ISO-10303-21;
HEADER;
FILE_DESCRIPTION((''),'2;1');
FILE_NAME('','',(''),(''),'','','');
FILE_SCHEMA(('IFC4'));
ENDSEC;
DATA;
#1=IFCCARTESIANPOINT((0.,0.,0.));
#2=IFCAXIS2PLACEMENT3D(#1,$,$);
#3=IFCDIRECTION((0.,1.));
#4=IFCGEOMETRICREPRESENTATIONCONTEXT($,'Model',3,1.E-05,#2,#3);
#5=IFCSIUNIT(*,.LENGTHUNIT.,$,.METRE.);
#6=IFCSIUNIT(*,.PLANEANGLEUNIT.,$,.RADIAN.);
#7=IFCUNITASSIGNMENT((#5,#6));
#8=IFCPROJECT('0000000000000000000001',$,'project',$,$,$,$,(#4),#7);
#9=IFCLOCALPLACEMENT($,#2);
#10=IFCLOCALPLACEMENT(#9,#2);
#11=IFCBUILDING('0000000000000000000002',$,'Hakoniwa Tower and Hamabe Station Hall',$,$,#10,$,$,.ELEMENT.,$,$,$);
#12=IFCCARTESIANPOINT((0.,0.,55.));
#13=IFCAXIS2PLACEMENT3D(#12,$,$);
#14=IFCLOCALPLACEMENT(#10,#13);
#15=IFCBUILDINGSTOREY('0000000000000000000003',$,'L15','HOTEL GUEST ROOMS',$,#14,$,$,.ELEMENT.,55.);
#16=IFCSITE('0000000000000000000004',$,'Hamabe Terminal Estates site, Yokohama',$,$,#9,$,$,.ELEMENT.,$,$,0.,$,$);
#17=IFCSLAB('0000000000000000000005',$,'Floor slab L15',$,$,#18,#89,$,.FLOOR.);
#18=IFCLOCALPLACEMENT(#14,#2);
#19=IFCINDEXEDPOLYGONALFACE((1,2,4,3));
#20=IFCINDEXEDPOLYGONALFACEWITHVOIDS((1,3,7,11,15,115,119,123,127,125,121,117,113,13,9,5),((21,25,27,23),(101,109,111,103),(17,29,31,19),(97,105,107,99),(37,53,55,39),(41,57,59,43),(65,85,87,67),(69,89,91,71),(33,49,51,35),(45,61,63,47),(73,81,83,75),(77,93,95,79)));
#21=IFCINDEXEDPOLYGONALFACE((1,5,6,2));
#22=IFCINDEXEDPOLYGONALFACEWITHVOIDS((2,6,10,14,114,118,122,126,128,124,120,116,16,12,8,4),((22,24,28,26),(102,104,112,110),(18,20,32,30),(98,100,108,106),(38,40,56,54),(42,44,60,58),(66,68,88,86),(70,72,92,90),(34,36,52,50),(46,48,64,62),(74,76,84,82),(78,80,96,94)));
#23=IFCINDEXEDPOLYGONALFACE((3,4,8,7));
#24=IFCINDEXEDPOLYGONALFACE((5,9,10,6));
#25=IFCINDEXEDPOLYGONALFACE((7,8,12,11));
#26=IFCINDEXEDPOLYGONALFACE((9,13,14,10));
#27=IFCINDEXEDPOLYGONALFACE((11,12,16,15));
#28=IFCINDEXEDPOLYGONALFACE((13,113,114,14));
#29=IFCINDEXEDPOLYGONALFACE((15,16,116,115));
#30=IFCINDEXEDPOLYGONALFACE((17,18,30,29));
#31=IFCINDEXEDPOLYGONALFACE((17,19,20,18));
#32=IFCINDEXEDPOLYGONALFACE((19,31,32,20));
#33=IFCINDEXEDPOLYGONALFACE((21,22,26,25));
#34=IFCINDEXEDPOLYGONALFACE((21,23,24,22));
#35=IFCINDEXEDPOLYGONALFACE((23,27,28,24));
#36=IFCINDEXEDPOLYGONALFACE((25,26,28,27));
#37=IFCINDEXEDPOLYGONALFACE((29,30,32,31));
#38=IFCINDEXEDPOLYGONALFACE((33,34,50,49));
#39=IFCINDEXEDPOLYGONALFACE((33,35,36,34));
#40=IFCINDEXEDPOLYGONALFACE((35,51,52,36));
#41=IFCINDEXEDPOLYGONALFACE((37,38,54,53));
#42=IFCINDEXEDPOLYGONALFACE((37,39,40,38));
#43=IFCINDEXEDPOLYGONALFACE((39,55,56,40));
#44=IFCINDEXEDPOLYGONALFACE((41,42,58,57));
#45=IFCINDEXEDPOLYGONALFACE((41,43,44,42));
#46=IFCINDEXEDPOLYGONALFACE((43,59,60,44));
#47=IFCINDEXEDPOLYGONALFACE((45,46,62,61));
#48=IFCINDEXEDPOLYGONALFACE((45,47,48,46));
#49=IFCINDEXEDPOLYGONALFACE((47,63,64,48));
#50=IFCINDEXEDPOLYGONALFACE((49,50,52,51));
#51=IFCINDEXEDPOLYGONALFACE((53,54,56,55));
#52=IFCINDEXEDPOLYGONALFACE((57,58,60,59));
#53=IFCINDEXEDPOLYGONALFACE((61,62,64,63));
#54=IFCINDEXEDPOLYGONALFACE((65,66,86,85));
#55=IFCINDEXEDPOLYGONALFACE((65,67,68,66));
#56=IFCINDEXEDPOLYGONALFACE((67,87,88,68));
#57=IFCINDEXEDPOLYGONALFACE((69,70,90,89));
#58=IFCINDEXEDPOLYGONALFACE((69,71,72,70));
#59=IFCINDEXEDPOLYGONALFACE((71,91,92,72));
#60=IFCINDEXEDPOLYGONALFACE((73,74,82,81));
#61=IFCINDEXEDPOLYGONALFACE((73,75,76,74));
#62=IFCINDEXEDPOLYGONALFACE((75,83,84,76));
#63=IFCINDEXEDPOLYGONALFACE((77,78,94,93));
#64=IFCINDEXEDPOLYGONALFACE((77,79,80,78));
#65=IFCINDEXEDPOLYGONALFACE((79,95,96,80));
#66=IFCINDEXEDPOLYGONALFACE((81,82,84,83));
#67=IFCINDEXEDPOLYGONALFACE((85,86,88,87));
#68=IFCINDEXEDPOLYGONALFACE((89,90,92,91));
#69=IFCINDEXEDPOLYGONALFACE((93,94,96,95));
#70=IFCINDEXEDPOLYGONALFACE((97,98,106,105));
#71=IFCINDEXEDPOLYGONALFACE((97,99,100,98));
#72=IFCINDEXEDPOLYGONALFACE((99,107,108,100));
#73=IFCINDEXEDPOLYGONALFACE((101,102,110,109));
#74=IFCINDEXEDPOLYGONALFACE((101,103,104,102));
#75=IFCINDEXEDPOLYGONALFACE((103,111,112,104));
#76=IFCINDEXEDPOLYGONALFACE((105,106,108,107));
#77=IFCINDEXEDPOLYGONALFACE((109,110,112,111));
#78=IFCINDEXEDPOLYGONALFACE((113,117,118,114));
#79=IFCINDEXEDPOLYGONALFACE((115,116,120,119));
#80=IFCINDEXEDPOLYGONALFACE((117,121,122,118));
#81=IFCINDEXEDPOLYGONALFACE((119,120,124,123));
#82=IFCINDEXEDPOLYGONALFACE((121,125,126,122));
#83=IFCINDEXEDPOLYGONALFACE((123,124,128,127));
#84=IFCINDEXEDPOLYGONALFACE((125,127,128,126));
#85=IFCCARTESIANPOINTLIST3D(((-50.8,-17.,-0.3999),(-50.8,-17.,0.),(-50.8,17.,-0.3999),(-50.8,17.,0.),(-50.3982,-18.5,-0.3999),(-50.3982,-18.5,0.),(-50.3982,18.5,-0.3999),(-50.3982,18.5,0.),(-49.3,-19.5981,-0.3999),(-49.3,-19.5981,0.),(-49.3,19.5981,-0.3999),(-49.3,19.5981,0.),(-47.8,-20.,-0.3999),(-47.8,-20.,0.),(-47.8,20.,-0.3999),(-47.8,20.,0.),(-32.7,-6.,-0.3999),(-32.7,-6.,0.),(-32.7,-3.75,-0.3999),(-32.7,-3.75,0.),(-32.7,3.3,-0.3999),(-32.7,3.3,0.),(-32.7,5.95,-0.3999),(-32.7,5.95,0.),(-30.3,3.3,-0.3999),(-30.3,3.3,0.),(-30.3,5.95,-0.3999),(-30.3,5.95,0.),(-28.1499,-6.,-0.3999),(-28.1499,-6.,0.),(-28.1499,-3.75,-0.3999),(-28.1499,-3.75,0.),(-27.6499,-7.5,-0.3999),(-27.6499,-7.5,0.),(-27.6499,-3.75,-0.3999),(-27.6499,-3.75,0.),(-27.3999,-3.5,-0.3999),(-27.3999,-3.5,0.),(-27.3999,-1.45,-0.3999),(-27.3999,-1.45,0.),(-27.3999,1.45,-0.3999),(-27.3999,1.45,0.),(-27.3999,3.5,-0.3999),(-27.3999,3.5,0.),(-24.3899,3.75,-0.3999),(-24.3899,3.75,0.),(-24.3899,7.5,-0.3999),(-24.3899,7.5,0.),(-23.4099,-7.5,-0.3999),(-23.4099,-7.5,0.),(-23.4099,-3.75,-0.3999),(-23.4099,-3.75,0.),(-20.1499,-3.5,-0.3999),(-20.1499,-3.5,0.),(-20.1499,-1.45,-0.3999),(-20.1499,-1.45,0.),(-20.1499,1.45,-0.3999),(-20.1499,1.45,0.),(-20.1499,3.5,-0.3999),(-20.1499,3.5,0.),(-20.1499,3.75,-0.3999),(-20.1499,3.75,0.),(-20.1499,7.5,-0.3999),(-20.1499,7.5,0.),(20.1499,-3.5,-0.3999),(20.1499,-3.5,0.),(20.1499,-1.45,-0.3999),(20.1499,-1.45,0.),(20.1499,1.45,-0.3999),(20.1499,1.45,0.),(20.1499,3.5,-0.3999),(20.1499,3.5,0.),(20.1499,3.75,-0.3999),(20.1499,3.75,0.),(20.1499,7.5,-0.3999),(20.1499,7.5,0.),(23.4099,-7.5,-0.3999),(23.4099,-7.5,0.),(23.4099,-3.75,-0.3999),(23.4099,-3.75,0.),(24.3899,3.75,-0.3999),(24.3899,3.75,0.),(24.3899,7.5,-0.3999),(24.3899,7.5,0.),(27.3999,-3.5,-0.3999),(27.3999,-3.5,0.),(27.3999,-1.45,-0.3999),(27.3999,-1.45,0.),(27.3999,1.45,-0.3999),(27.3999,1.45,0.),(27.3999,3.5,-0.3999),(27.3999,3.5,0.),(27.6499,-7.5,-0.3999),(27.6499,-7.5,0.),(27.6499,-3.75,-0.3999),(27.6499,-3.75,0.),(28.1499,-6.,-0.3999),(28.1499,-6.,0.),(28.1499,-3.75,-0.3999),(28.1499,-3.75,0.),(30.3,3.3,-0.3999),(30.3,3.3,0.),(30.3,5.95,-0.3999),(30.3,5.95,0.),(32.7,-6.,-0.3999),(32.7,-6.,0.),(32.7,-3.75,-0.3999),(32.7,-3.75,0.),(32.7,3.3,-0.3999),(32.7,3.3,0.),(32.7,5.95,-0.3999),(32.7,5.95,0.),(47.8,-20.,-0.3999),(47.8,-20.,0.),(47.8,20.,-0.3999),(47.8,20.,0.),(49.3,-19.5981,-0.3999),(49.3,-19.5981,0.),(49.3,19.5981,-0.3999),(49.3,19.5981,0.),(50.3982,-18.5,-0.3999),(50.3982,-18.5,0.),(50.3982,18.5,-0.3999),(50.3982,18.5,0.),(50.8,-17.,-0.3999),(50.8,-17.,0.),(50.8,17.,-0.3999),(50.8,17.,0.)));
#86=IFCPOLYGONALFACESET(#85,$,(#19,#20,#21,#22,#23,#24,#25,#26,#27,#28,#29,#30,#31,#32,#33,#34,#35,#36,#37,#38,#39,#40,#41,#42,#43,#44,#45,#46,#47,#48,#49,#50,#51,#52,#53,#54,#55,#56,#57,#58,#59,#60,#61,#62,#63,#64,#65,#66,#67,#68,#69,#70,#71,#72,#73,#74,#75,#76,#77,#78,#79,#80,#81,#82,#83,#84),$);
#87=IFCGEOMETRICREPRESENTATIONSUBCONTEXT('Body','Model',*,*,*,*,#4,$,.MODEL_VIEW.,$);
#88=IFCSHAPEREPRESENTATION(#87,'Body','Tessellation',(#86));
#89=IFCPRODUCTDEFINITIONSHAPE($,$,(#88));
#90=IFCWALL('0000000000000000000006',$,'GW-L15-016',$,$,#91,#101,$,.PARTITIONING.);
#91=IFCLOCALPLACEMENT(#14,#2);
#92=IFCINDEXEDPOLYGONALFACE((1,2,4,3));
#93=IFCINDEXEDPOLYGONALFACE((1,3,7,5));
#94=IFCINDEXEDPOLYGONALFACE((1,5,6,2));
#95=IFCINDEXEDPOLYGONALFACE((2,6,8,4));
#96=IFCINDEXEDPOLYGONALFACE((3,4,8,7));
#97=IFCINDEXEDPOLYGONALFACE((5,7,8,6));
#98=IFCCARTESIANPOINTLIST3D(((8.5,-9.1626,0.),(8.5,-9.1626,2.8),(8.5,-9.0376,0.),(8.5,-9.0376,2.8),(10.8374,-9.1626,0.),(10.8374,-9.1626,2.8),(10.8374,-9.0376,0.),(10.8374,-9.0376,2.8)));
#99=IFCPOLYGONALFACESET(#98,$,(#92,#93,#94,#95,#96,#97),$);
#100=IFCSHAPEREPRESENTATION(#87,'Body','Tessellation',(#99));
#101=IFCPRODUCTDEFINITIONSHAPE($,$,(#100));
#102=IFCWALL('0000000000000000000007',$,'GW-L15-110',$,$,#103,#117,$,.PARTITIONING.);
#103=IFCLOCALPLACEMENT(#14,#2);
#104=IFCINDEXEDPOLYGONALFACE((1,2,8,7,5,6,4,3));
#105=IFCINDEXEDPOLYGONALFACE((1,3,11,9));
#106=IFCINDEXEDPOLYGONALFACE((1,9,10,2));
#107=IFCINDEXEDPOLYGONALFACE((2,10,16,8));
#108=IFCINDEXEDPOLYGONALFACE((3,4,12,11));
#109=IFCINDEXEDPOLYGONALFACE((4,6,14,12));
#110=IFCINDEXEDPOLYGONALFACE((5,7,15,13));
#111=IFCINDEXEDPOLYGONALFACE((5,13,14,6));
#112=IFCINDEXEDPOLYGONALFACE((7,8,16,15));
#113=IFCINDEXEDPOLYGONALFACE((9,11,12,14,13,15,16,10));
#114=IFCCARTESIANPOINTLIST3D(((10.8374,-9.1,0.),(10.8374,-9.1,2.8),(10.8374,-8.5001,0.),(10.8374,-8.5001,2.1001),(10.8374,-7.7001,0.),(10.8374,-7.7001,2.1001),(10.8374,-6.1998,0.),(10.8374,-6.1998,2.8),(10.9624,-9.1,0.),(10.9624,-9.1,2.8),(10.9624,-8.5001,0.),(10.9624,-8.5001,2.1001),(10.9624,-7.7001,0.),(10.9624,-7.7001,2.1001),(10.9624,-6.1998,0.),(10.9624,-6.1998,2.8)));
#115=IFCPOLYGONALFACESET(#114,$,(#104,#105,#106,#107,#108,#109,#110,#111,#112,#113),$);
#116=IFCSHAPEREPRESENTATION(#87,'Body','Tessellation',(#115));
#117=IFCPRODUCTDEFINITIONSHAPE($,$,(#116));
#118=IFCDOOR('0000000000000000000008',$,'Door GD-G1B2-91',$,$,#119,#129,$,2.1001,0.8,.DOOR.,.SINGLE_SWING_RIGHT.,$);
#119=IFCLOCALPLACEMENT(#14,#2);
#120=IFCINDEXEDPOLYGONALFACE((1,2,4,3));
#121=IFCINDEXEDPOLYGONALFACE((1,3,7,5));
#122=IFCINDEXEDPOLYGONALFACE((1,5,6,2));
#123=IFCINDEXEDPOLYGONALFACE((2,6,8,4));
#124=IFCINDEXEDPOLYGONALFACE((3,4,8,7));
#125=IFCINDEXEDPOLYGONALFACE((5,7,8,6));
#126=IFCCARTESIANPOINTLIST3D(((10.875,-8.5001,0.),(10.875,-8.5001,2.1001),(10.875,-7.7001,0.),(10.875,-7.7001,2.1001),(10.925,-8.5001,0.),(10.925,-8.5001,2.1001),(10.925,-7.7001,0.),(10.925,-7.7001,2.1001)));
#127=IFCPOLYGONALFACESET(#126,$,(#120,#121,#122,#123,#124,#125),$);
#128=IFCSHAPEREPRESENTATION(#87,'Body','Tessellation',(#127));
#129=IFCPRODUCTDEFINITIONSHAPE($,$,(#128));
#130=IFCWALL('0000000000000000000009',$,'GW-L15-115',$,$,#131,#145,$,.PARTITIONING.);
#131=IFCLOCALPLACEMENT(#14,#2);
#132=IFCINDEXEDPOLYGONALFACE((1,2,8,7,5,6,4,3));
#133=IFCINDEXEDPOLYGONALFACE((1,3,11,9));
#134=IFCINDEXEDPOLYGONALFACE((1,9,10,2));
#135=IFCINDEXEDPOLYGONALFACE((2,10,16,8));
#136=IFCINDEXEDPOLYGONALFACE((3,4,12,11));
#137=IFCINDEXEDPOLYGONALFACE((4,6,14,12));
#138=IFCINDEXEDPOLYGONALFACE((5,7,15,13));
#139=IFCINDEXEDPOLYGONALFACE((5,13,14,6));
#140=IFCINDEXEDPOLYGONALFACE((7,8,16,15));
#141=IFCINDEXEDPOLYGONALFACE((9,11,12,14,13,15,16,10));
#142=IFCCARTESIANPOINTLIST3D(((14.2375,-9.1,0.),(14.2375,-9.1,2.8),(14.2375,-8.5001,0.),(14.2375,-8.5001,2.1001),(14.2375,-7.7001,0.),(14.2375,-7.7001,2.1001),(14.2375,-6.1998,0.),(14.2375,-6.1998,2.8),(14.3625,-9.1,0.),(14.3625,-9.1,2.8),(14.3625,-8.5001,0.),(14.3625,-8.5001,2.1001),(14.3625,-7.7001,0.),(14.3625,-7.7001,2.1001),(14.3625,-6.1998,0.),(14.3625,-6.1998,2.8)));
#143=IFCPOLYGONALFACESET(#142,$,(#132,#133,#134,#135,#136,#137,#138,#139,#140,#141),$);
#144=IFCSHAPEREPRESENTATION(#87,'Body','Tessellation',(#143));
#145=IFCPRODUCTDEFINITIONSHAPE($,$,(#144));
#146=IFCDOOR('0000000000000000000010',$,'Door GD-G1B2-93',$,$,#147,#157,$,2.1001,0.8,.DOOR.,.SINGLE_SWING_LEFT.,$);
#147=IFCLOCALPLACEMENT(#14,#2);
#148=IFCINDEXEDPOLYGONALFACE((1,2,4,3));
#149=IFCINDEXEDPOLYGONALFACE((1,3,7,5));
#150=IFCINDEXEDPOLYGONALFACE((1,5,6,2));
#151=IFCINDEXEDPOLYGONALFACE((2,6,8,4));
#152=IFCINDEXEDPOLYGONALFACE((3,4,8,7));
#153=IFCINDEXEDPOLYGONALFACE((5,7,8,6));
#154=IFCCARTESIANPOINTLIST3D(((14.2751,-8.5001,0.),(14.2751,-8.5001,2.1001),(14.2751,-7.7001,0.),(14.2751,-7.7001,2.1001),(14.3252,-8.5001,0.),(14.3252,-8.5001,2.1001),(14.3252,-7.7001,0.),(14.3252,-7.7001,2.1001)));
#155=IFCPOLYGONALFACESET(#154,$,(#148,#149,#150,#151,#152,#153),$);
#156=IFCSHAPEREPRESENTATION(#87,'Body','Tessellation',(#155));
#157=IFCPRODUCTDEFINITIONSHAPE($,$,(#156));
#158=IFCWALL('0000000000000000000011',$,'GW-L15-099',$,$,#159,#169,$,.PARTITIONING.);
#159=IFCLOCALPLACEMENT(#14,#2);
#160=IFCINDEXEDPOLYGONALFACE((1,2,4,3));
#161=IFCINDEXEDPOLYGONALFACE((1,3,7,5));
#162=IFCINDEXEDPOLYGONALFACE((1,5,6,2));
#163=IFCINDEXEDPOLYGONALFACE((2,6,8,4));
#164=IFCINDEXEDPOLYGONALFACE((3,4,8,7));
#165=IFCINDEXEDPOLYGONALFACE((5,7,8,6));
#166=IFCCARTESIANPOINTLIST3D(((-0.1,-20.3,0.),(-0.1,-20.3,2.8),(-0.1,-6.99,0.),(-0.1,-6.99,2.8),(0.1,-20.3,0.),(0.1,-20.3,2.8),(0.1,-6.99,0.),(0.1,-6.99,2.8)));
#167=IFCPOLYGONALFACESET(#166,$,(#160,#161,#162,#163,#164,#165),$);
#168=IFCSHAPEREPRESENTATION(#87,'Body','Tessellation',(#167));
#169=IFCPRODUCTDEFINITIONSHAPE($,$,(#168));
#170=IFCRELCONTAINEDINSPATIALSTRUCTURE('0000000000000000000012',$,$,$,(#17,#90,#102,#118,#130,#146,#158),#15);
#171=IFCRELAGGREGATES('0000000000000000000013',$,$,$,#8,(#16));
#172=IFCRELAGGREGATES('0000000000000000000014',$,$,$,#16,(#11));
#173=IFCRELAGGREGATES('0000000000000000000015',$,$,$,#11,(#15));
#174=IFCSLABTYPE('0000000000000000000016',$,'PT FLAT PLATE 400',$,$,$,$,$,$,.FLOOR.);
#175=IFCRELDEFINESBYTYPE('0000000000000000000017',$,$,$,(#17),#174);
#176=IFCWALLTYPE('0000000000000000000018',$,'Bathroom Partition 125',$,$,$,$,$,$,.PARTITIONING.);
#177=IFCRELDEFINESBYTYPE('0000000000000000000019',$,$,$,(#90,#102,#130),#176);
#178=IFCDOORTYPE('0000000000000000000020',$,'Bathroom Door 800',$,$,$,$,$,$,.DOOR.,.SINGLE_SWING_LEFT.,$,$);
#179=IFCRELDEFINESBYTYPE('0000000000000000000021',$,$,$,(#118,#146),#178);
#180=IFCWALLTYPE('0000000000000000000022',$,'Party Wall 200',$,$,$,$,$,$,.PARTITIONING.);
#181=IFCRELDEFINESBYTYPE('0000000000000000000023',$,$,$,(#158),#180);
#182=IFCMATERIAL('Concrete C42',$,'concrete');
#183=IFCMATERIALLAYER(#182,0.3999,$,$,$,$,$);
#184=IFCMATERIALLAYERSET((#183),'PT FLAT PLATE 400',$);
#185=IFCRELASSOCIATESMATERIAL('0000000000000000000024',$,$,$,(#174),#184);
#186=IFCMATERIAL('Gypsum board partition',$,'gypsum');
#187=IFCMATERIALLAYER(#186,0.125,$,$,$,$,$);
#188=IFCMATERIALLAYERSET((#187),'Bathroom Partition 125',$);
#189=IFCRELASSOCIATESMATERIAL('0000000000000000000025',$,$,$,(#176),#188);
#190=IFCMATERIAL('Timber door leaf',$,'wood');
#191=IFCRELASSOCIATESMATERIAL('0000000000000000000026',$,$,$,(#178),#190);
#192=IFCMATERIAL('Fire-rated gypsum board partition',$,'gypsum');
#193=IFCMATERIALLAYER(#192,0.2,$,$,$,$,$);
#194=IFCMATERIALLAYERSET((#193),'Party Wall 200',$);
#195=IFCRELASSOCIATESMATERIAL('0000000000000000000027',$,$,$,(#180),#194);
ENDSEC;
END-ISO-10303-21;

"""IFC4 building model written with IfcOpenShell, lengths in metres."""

from ifc_helpers import new_model, si_unit, direction, frame, frame_2d, origin, place, context, subcontext, project, spatial, polyline, rectangle, outline, extrude, material, layer, layer_set, type_object, element, fill, save


model = new_model("IFC4")

# Units and contexts
model_context = context("Model", 3, precision=1e-05, world=origin(), true_north=direction((0.0, 1.0)))
body_context = subcontext(model_context, "Body", "Model", "MODEL_VIEW")
ifc_project = project(units=[si_unit("LENGTHUNIT", "METRE"), si_unit("PLANEANGLEUNIT", "RADIAN")], contexts=[model_context])

# Site, building, storey
site_placement = place(None, origin())
site = spatial("IfcSite", under=ifc_project, at=site_placement, Name="Hamabe Terminal Estates site, Yokohama", CompositionType="ELEMENT", RefElevation=0.0)
building_placement = place(site_placement, origin())
building = spatial("IfcBuilding", under=site, at=building_placement, Name="Hakoniwa Tower and Hamabe Station Hall", CompositionType="ELEMENT")
storey_placement = place(building_placement, frame((0.0, 0.0, 55.0)))
storey = spatial("IfcBuildingStorey", under=building, at=storey_placement, Name="L15", Description="HOTEL GUEST ROOMS", CompositionType="ELEMENT", Elevation=55.0)

# Slab
ifc_material_1 = material(Name="Concrete C42", Category="concrete")
ifc_layer_1 = layer(ifc_material_1, 0.3999)
ifc_layer_set_1 = layer_set([ifc_layer_1], Name="PT FLAT PLATE 400")
slab_type = type_object("IfcSlabType", Name="PT FLAT PLATE 400", PredefinedType="FLOOR", material=ifc_layer_set_1)
slab_placement = place(storey_placement, frame((0.0, 0.0, -0.3999)))
element("IfcSlab", 1, at=slab_placement, inside=storey, type_object=slab_type, Name="Floor slab L15", PredefinedType="FLOOR", context=body_context, shape_type="SweptSolid", body=[
    extrude(outline(polyline([(50.8, -17.0), (50.8, 17.0), (50.3982, 18.5), (49.3, 19.5981), (47.8, 20.0), (-47.8, 20.0), (-49.3, 19.5981), (-50.3982, 18.5), (-50.8, 17.0), (-50.8, -17.0), (-50.3982, -18.5), (-49.3, -19.5981), (-47.8, -20.0), (47.8, -20.0), (49.3, -19.5981), (50.3982, -18.5), (50.8, -17.0)]), holes=[polyline([(-27.3999, 1.45), (-27.3999, 3.5), (-20.1499, 3.5), (-20.1499, 1.45), (-27.3999, 1.45)]), polyline([(-27.3999, -3.5), (-27.3999, -1.45), (-20.1499, -1.45), (-20.1499, -3.5), (-27.3999, -3.5)]), polyline([(-32.7, 3.3), (-32.7, 5.95), (-30.3, 5.95), (-30.3, 3.3), (-32.7, 3.3)]), polyline([(-32.7, -6.0), (-32.7, -3.75), (-28.1499, -3.75), (-28.1499, -6.0), (-32.7, -6.0)]), polyline([(-24.3899, 3.75), (-24.3899, 7.5), (-20.1499, 7.5), (-20.1499, 3.75), (-24.3899, 3.75)]), polyline([(-27.6499, -7.5), (-27.6499, -3.75), (-23.4099, -3.75), (-23.4099, -7.5), (-27.6499, -7.5)]), polyline([(20.1499, 1.45), (20.1499, 3.5), (27.3999, 3.5), (27.3999, 1.45), (20.1499, 1.45)]), polyline([(20.1499, -3.5), (20.1499, -1.45), (27.3999, -1.45), (27.3999, -3.5), (20.1499, -3.5)]), polyline([(30.3, 3.3), (30.3, 5.95), (32.7, 5.95), (32.7, 3.3), (30.3, 3.3)]), polyline([(28.1499, -6.0), (28.1499, -3.75), (32.7, -3.75), (32.7, -6.0), (28.1499, -6.0)]), polyline([(20.1499, 3.75), (20.1499, 7.5), (24.3899, 7.5), (24.3899, 3.75), (20.1499, 3.75)]), polyline([(23.4099, -7.5), (23.4099, -3.75), (27.6499, -3.75), (27.6499, -7.5), (23.4099, -7.5)])]), origin(), (0.0, 0.0, 1.0), 0.3999),
])

# Wall
ifc_material_2 = material(Name="Gypsum board partition", Category="gypsum")
ifc_layer_2 = layer(ifc_material_2, 0.125)
ifc_layer_set_2 = layer_set([ifc_layer_2], Name="Bathroom Partition 125")
wall_type_1 = type_object("IfcWallType", Name="Bathroom Partition 125", PredefinedType="PARTITIONING", material=ifc_layer_set_2)
wall_1_placement = place(storey_placement, frame((8.5, -9.1001, 0.0), z_axis=(0.0, 0.0, 1.0), x_axis=(1.0, 0.0, 0.0)))
element("IfcWall", 2, at=wall_1_placement, inside=storey, type_object=wall_type_1, Name="GW-L15-016", PredefinedType="PARTITIONING", context=body_context, shape_type="SweptSolid", body=[
    extrude(rectangle(XDim=2.3374, YDim=0.125, at=frame_2d((1.1687, 0.0))), origin(), (0.0, 0.0, 1.0), 2.8),
])

# Walls, openings, doors
wall_2_placement = place(storey_placement, frame((10.8999, -9.1001, 0.0), z_axis=(0.0, 0.0, 1.0), x_axis=(0.0, 1.0, 0.0)))
wall_2 = element("IfcWall", 3, at=wall_2_placement, inside=storey, type_object=wall_type_1, Name="GW-L15-110", PredefinedType="PARTITIONING", context=body_context, shape_type="SweptSolid", body=[
    extrude(rectangle(XDim=2.9001, YDim=0.125, at=frame_2d((1.4502, 0.0))), origin(), (0.0, 0.0, 1.0), 2.8),
])
opening_1_placement = place(wall_2_placement, frame((0.6001, 0.0, 0.0)))
opening_1 = element("IfcOpeningElement", 4, at=opening_1_placement, cuts=wall_2, PredefinedType="OPENING", context=body_context, shape_type="SweptSolid", body=[
    extrude(rectangle(XDim=0.8, YDim=2.1001, at=frame_2d((0.3999, 1.05))), frame((0.0, 0.0725, 0.0), z_axis=(0.0, -1.0, 0.0), x_axis=(1.0, 0.0, 0.0)), (0.0, 0.0, 1.0), 0.145),
])
ifc_material_3 = material(Name="Timber door leaf", Category="wood")
door_type = type_object("IfcDoorType", Name="Bathroom Door 800", OperationType="SINGLE_SWING_LEFT", PredefinedType="DOOR", material=ifc_material_3)
door_1_placement = place(opening_1_placement, origin())
door_1 = element("IfcDoor", 5, at=door_1_placement, inside=storey, type_object=door_type, Name="Door GD-G1B2-91", OperationType="SINGLE_SWING_RIGHT", OverallHeight=2.1001, OverallWidth=0.8, PredefinedType="DOOR", context=body_context, shape_type="SweptSolid", body=[
    extrude(rectangle(XDim=0.8, YDim=2.1001, at=frame_2d((0.3999, 1.05))), frame((0.0, 0.0249, 0.0), z_axis=(0.0, -1.0, 0.0), x_axis=(1.0, 0.0, 0.0)), (0.0, 0.0, 1.0), 0.05),
])
fill(opening_1, door_1)
wall_3_placement = place(storey_placement, frame((14.3, -9.1001, 0.0), z_axis=(0.0, 0.0, 1.0), x_axis=(0.0, 1.0, 0.0)))
wall_3 = element("IfcWall", 6, at=wall_3_placement, inside=storey, type_object=wall_type_1, Name="GW-L15-115", PredefinedType="PARTITIONING", context=body_context, shape_type="SweptSolid", body=[
    extrude(rectangle(XDim=2.9001, YDim=0.125, at=frame_2d((1.4502, 0.0))), origin(), (0.0, 0.0, 1.0), 2.8),
])
opening_2_placement = place(wall_3_placement, frame((0.6001, 0.0, 0.0)))
opening_2 = element("IfcOpeningElement", 7, at=opening_2_placement, cuts=wall_3, PredefinedType="OPENING", context=body_context, shape_type="SweptSolid", body=[
    extrude(rectangle(XDim=0.8, YDim=2.1001, at=frame_2d((0.3999, 1.05))), frame((0.0, 0.0725, 0.0), z_axis=(0.0, -1.0, 0.0), x_axis=(1.0, 0.0, 0.0)), (0.0, 0.0, 1.0), 0.145),
])
door_2_placement = place(opening_2_placement, origin())
door_2 = element("IfcDoor", 8, at=door_2_placement, inside=storey, type_object=door_type, Name="Door GD-G1B2-93", OperationType="SINGLE_SWING_LEFT", OverallHeight=2.1001, OverallWidth=0.8, PredefinedType="DOOR", context=body_context, shape_type="SweptSolid", body=[
    extrude(rectangle(XDim=0.8, YDim=2.1001, at=frame_2d((0.3999, 1.05))), frame((0.0, 0.0249, 0.0), z_axis=(0.0, -1.0, 0.0), x_axis=(1.0, 0.0, 0.0)), (0.0, 0.0, 1.0), 0.05),
])
fill(opening_2, door_2)

# Wall
ifc_material_4 = material(Name="Fire-rated gypsum board partition", Category="gypsum")
ifc_layer_3 = layer(ifc_material_4, 0.2)
ifc_layer_set_3 = layer_set([ifc_layer_3], Name="Party Wall 200")
wall_type_2 = type_object("IfcWallType", Name="Party Wall 200", PredefinedType="PARTITIONING", material=ifc_layer_set_3)
wall_4_placement = place(storey_placement, frame((0.0, -20.3, 0.0), z_axis=(0.0, 0.0, 1.0), x_axis=(0.0, 1.0, 0.0)))
element("IfcWall", 9, at=wall_4_placement, inside=storey, type_object=wall_type_2, Name="GW-L15-099", PredefinedType="PARTITIONING", context=body_context, shape_type="SweptSolid", body=[
    extrude(rectangle(XDim=13.3101, YDim=0.2, at=frame_2d((6.655, 0.0))), origin(), (0.0, 0.0, 1.0), 2.8),
])

save(model, "model.ifc")
